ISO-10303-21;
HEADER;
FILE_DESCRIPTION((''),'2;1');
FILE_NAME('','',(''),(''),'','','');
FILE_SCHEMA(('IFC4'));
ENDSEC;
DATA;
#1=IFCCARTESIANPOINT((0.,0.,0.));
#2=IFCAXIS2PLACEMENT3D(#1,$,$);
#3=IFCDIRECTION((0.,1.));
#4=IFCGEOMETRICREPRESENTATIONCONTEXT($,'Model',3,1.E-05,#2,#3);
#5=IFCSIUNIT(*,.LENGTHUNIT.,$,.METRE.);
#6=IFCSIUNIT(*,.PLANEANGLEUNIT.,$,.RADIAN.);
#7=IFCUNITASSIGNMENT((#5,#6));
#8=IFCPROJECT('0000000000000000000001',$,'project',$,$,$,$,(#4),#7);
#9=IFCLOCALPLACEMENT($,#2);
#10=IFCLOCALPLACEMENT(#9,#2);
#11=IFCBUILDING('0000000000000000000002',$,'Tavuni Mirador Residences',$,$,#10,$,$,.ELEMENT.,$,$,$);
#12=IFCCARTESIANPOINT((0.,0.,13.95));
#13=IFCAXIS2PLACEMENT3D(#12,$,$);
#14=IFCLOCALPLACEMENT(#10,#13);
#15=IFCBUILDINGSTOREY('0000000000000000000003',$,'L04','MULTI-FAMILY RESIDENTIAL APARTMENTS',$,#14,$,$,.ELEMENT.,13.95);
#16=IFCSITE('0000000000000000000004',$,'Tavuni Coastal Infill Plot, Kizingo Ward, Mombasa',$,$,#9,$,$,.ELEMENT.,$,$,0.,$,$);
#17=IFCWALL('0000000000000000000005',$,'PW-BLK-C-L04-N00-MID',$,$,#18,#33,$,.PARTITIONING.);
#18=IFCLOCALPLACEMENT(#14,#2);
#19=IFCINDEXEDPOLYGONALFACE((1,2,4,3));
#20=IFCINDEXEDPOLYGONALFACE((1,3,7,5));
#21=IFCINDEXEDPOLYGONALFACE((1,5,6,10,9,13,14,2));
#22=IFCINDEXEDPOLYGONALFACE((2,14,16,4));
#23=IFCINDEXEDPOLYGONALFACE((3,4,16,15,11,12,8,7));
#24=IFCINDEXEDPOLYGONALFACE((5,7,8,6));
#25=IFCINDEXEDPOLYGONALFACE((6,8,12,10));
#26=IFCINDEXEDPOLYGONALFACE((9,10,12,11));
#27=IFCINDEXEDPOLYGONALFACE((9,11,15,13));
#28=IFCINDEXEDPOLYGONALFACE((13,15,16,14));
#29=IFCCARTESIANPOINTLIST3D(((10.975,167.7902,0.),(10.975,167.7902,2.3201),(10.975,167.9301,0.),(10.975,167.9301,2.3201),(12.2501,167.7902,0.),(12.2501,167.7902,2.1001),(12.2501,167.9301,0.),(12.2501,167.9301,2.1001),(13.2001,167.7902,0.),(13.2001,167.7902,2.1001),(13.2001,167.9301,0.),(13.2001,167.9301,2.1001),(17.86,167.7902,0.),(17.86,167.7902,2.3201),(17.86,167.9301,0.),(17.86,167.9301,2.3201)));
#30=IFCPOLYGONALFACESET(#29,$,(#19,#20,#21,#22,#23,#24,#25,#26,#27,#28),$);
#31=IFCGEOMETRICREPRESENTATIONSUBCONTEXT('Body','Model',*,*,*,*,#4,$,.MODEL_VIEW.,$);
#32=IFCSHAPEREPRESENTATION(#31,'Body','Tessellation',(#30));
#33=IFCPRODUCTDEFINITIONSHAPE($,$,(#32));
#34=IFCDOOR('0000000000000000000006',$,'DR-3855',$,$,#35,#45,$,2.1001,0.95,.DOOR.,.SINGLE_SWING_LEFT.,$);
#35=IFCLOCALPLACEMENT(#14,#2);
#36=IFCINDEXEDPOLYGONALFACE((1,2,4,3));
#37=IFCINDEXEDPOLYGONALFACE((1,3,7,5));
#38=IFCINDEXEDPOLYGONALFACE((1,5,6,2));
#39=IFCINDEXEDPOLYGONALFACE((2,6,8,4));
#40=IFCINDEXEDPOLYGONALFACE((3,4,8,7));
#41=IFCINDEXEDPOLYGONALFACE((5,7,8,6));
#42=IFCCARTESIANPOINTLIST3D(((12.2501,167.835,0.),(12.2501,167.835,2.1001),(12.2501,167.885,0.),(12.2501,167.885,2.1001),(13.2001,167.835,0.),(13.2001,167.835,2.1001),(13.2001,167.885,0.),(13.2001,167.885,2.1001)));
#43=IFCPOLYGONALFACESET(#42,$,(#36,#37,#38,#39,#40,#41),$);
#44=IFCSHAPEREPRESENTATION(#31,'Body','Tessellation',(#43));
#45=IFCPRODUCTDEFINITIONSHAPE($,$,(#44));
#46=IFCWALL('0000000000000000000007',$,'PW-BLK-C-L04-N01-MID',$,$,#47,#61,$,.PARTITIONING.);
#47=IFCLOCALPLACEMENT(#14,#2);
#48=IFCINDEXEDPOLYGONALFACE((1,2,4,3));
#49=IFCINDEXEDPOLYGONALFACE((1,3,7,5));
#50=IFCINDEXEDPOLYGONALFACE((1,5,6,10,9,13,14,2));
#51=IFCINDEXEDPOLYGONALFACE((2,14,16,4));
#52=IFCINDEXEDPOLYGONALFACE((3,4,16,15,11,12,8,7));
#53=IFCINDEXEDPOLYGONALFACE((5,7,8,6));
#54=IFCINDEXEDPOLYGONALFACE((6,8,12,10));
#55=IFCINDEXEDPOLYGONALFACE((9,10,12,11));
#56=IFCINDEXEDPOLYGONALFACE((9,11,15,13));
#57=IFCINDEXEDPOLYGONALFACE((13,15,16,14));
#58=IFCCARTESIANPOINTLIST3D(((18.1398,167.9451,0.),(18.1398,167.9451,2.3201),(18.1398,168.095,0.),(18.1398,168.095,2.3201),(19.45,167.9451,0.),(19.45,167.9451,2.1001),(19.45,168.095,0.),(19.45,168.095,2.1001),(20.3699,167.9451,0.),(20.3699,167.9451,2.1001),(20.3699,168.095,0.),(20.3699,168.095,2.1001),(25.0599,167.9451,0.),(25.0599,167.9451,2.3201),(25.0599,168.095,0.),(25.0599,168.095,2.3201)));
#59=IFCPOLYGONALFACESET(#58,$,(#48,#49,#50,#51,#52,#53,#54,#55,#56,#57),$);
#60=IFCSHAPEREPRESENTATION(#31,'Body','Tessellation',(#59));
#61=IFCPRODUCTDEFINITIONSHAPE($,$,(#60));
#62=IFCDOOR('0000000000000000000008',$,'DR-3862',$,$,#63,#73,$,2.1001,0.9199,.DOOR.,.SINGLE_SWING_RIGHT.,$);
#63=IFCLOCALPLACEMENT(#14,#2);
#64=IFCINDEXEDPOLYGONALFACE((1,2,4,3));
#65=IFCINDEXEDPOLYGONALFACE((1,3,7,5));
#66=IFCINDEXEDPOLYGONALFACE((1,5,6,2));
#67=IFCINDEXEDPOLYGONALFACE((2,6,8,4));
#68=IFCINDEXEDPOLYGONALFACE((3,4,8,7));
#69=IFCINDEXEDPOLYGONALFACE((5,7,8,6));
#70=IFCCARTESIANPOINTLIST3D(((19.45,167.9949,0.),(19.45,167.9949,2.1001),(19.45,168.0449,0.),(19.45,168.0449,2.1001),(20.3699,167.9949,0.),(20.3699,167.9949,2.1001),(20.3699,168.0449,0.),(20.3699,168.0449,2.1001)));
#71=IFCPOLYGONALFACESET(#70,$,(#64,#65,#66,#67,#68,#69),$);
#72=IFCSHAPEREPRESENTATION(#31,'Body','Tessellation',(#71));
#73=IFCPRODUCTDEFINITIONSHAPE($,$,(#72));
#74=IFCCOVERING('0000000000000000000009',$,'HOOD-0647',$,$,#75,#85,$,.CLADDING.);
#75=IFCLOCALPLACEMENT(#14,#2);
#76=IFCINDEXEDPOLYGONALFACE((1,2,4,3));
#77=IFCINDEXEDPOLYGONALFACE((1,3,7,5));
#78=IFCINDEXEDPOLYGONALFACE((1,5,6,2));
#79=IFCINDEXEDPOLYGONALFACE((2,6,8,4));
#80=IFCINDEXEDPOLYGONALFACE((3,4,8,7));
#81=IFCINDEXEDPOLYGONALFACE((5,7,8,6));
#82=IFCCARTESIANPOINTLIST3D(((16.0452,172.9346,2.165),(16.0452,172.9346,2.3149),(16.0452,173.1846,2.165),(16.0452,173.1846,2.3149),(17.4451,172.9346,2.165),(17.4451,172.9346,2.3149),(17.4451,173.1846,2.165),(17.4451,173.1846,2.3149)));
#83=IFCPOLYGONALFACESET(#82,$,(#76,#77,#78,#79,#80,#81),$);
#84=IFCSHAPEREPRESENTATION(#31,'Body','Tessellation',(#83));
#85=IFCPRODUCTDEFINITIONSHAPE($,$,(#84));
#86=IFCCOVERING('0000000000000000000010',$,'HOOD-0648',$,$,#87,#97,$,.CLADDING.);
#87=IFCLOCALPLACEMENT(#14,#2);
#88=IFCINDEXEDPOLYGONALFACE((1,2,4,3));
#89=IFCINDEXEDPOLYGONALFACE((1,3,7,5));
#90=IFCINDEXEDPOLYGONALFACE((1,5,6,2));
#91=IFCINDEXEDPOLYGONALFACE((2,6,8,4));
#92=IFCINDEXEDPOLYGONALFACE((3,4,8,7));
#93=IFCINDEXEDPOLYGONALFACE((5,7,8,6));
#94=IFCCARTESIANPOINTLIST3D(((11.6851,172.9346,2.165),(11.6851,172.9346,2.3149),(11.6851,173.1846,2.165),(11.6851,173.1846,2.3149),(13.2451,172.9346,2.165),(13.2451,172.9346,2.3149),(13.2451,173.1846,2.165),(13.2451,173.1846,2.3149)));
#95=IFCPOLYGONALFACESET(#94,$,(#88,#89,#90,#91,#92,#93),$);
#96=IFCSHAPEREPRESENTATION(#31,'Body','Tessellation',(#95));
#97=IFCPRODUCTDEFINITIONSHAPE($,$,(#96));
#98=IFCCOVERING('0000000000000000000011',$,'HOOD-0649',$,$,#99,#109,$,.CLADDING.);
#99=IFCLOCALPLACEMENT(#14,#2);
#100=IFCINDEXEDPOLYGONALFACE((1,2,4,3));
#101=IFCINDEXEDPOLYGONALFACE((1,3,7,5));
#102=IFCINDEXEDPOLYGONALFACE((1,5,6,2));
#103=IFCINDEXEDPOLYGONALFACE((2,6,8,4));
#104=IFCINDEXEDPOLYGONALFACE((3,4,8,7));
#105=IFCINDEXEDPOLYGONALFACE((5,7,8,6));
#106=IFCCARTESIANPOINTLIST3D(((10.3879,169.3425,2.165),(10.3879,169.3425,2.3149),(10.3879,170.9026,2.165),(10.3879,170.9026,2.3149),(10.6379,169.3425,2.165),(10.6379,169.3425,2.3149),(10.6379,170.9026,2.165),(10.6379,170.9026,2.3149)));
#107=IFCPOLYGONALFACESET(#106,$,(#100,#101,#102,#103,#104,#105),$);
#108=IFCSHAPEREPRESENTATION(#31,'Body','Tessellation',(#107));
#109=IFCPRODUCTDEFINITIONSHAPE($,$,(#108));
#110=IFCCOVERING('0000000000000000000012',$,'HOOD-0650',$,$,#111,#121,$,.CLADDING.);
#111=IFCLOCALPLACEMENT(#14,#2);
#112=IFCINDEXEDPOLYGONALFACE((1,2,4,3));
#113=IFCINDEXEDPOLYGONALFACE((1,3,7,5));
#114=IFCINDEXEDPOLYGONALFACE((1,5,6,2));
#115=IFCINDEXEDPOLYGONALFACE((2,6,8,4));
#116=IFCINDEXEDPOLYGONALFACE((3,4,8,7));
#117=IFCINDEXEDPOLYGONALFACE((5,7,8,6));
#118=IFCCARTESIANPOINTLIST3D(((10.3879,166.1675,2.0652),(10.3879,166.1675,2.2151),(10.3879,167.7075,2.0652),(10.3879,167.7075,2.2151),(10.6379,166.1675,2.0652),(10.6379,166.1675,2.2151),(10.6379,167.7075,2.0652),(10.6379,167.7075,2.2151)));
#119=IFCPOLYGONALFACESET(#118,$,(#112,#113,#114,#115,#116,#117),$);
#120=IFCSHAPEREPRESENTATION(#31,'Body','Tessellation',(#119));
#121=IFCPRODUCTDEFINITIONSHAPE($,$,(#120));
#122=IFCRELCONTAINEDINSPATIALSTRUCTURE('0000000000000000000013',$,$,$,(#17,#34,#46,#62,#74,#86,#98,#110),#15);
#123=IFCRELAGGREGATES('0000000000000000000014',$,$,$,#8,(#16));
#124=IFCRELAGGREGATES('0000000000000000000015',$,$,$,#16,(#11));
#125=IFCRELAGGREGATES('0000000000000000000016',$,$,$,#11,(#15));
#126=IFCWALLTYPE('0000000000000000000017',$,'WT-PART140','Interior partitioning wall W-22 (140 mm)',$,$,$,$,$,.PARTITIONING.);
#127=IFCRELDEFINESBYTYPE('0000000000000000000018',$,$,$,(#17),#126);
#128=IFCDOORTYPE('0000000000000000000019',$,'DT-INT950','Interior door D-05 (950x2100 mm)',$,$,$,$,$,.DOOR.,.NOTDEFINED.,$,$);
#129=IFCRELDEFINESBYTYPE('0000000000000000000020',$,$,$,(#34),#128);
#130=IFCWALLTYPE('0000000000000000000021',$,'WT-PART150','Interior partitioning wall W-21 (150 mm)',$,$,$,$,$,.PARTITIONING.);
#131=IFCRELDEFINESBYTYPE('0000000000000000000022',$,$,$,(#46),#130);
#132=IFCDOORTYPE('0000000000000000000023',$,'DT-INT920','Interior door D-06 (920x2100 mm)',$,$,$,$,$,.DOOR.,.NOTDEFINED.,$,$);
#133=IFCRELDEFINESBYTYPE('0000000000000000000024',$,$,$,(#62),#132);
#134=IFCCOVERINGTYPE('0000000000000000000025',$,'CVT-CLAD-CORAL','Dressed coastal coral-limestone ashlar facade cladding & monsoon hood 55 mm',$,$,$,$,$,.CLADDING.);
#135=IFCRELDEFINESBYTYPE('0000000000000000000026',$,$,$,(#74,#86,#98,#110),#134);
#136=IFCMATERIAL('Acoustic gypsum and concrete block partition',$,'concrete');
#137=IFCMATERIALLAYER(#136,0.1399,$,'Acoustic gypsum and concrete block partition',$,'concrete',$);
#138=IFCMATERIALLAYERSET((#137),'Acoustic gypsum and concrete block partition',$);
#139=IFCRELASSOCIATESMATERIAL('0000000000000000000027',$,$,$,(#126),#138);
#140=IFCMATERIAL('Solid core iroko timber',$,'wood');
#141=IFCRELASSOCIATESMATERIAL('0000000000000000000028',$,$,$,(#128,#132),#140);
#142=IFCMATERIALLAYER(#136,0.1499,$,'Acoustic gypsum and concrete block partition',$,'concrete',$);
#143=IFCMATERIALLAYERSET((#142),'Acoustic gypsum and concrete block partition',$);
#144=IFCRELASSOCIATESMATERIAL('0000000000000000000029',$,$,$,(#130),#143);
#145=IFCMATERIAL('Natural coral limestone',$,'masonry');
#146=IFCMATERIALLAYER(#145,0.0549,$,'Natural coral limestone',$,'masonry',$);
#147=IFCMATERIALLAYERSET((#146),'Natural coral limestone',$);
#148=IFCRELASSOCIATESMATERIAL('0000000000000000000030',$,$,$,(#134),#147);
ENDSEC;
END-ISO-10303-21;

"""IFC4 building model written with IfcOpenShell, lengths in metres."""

from ifc_helpers import new_model, si_unit, direction, frame, frame_2d, origin, origin_2d, place, context, subcontext, project, spatial, rectangle, extrude, material, layer, layer_set, type_object, element, fill, save


model = new_model("IFC4")

# Units and contexts
model_context = context("Model", 3, precision=1e-05, world=origin(), true_north=direction((0.0, 1.0)))
body_context = subcontext(model_context, "Body", "Model", "MODEL_VIEW")
ifc_project = project(units=[si_unit("LENGTHUNIT", "METRE"), si_unit("PLANEANGLEUNIT", "RADIAN")], contexts=[model_context])

# Site, building, storey
site_placement = place(None, origin())
site = spatial("IfcSite", under=ifc_project, at=site_placement, Name="Tavuni Coastal Infill Plot, Kizingo Ward, Mombasa", CompositionType="ELEMENT", RefElevation=0.0)
building_placement = place(site_placement, origin())
building = spatial("IfcBuilding", under=site, at=building_placement, Name="Tavuni Mirador Residences", CompositionType="ELEMENT")
storey_placement = place(building_placement, frame((0.0, 0.0, 13.95)))
storey = spatial("IfcBuildingStorey", under=building, at=storey_placement, Name="L04", Description="MULTI-FAMILY RESIDENTIAL APARTMENTS", CompositionType="ELEMENT", Elevation=13.95)

# Walls, openings, doors
ifc_material_1 = material(Name="Acoustic gypsum and concrete block partition", Category="concrete")
ifc_material_2 = material(Name="Solid core iroko timber", Category="wood")
ifc_layer_1 = layer(ifc_material_1, 0.1399, Name="Acoustic gypsum and concrete block partition", Category="concrete")
ifc_layer_set_1 = layer_set([ifc_layer_1], Name="Acoustic gypsum and concrete block partition")
wall_type_1 = type_object("IfcWallType", Name="WT-PART140", Description="Interior partitioning wall W-22 (140 mm)", PredefinedType="PARTITIONING", material=ifc_layer_set_1)
wall_1_placement = place(storey_placement, frame((10.9751, 167.8601, 0.0), z_axis=(0.0, 0.0, 1.0), x_axis=(1.0, 0.0, 0.0)))
wall_1 = element("IfcWall", 1, at=wall_1_placement, inside=storey, type_object=wall_type_1, Name="PW-BLK-C-L04-N00-MID", PredefinedType="PARTITIONING", context=body_context, shape_type="SweptSolid", body=[
    extrude(rectangle(XDim=6.885, YDim=0.1399, at=frame_2d((3.4424, 0.0))), origin(), (0.0, 0.0, 1.0), 2.3201),
])
opening_1_placement = place(wall_1_placement, frame((1.2749, 0.0, 0.0)))
opening_1 = element("IfcOpeningElement", 2, at=opening_1_placement, cuts=wall_1, PredefinedType="OPENING", context=body_context, shape_type="SweptSolid", body=[
    extrude(rectangle(XDim=0.95, YDim=2.1001, at=frame_2d((0.4751, 1.05))), frame((0.0, 0.0801, 0.0), z_axis=(0.0, -1.0, 0.0), x_axis=(1.0, 0.0, 0.0)), (0.0, 0.0, 1.0), 0.1599),
])
door_type_1 = type_object("IfcDoorType", Name="DT-INT950", Description="Interior door D-05 (950x2100 mm)", OperationType="NOTDEFINED", PredefinedType="DOOR", material=ifc_material_2)
door_1_placement = place(opening_1_placement, origin())
door_1 = element("IfcDoor", 3, at=door_1_placement, inside=storey, type_object=door_type_1, Name="DR-3855", OperationType="SINGLE_SWING_LEFT", OverallHeight=2.1001, OverallWidth=0.95, PredefinedType="DOOR", context=body_context, shape_type="SweptSolid", body=[
    extrude(rectangle(XDim=0.95, YDim=2.1001, at=frame_2d((0.4751, 1.05))), frame((0.0, 0.0249, 0.0), z_axis=(0.0, -1.0, 0.0), x_axis=(1.0, 0.0, 0.0)), (0.0, 0.0, 1.0), 0.05),
])
fill(opening_1, door_1)
ifc_layer_2 = layer(ifc_material_1, 0.1499, Name="Acoustic gypsum and concrete block partition", Category="concrete")
ifc_layer_set_2 = layer_set([ifc_layer_2], Name="Acoustic gypsum and concrete block partition")
wall_type_2 = type_object("IfcWallType", Name="WT-PART150", Description="Interior partitioning wall W-21 (150 mm)", PredefinedType="PARTITIONING", material=ifc_layer_set_2)
wall_2_placement = place(storey_placement, frame((18.1399, 168.02, 0.0), z_axis=(0.0, 0.0, 1.0), x_axis=(1.0, 0.0, 0.0)))
wall_2 = element("IfcWall", 4, at=wall_2_placement, inside=storey, type_object=wall_type_2, Name="PW-BLK-C-L04-N01-MID", PredefinedType="PARTITIONING", context=body_context, shape_type="SweptSolid", body=[
    extrude(rectangle(XDim=6.9202, YDim=0.1499, at=frame_2d((3.46, 0.0))), origin(), (0.0, 0.0, 1.0), 2.3201),
])
opening_2_placement = place(wall_2_placement, frame((1.3101, 0.0, 0.0)))
opening_2 = element("IfcOpeningElement", 5, at=opening_2_placement, cuts=wall_2, PredefinedType="OPENING", context=body_context, shape_type="SweptSolid", body=[
    extrude(rectangle(XDim=0.9199, YDim=2.1001, at=frame_2d((0.46, 1.05))), frame((0.0, 0.085, 0.0), z_axis=(0.0, -1.0, 0.0), x_axis=(1.0, 0.0, 0.0)), (0.0, 0.0, 1.0), 0.1699),
])
door_type_2 = type_object("IfcDoorType", Name="DT-INT920", Description="Interior door D-06 (920x2100 mm)", OperationType="NOTDEFINED", PredefinedType="DOOR", material=ifc_material_2)
door_2_placement = place(opening_2_placement, origin())
door_2 = element("IfcDoor", 6, at=door_2_placement, inside=storey, type_object=door_type_2, Name="DR-3862", OperationType="SINGLE_SWING_RIGHT", OverallHeight=2.1001, OverallWidth=0.9199, PredefinedType="DOOR", context=body_context, shape_type="SweptSolid", body=[
    extrude(rectangle(XDim=0.9199, YDim=2.1001, at=frame_2d((0.46, 1.05))), frame((0.0, 0.0249, 0.0), z_axis=(0.0, -1.0, 0.0), x_axis=(1.0, 0.0, 0.0)), (0.0, 0.0, 1.0), 0.05),
])
fill(opening_2, door_2)

# Coverings
ifc_material_3 = material(Name="Natural coral limestone", Category="masonry")
ifc_layer_3 = layer(ifc_material_3, 0.0549, Name="Natural coral limestone", Category="masonry")
ifc_layer_set_3 = layer_set([ifc_layer_3], Name="Natural coral limestone")
covering_type = type_object("IfcCoveringType", Name="CVT-CLAD-CORAL", Description="Dressed coastal coral-limestone ashlar facade cladding & monsoon hood 55 mm", PredefinedType="CLADDING", material=ifc_layer_set_3)
covering_1_placement = place(storey_placement, frame((16.7451, 173.0596, 2.165), z_axis=(0.0, 0.0, 1.0), x_axis=(-1.0, 0.0, 0.0)))
element("IfcCovering", 7, at=covering_1_placement, inside=storey, type_object=covering_type, Name="HOOD-0647", PredefinedType="CLADDING", context=body_context, shape_type="SweptSolid", body=[
    extrude(rectangle(XDim=1.3999, YDim=0.25, at=origin_2d()), origin(), (0.0, 0.0, 1.0), 0.1499),
])
for number, where, z_axis, x_axis, name in (
    (8, (12.4651, 173.0596, 2.165), (0.0, 0.0, 1.0), (-1.0, 0.0, 0.0), "HOOD-0648"),
    (9, (10.5129, 170.1226, 2.165), (0.0, 0.0, 1.0), (0.0, -1.0, 0.0), "HOOD-0649"),
):
    element("IfcCovering", number, at=place(storey_placement, frame(where, z_axis=z_axis, x_axis=x_axis)), inside=storey, type_object=covering_type, Name=name, PredefinedType="CLADDING", context=body_context, shape_type="SweptSolid", body=[
        extrude(rectangle(XDim=1.5601, YDim=0.25, at=origin_2d()), origin(), (0.0, 0.0, 1.0), 0.1499),
    ])
covering_2_placement = place(storey_placement, frame((10.5129, 166.9375, 2.0652), z_axis=(0.0, 0.0, 1.0), x_axis=(0.0, -1.0, 0.0)))
element("IfcCovering", 10, at=covering_2_placement, inside=storey, type_object=covering_type, Name="HOOD-0650", PredefinedType="CLADDING", context=body_context, shape_type="SweptSolid", body=[
    extrude(rectangle(XDim=1.54, YDim=0.25, at=origin_2d()), origin(), (0.0, 0.0, 1.0), 0.1499),
])

save(model, "model.ifc")
